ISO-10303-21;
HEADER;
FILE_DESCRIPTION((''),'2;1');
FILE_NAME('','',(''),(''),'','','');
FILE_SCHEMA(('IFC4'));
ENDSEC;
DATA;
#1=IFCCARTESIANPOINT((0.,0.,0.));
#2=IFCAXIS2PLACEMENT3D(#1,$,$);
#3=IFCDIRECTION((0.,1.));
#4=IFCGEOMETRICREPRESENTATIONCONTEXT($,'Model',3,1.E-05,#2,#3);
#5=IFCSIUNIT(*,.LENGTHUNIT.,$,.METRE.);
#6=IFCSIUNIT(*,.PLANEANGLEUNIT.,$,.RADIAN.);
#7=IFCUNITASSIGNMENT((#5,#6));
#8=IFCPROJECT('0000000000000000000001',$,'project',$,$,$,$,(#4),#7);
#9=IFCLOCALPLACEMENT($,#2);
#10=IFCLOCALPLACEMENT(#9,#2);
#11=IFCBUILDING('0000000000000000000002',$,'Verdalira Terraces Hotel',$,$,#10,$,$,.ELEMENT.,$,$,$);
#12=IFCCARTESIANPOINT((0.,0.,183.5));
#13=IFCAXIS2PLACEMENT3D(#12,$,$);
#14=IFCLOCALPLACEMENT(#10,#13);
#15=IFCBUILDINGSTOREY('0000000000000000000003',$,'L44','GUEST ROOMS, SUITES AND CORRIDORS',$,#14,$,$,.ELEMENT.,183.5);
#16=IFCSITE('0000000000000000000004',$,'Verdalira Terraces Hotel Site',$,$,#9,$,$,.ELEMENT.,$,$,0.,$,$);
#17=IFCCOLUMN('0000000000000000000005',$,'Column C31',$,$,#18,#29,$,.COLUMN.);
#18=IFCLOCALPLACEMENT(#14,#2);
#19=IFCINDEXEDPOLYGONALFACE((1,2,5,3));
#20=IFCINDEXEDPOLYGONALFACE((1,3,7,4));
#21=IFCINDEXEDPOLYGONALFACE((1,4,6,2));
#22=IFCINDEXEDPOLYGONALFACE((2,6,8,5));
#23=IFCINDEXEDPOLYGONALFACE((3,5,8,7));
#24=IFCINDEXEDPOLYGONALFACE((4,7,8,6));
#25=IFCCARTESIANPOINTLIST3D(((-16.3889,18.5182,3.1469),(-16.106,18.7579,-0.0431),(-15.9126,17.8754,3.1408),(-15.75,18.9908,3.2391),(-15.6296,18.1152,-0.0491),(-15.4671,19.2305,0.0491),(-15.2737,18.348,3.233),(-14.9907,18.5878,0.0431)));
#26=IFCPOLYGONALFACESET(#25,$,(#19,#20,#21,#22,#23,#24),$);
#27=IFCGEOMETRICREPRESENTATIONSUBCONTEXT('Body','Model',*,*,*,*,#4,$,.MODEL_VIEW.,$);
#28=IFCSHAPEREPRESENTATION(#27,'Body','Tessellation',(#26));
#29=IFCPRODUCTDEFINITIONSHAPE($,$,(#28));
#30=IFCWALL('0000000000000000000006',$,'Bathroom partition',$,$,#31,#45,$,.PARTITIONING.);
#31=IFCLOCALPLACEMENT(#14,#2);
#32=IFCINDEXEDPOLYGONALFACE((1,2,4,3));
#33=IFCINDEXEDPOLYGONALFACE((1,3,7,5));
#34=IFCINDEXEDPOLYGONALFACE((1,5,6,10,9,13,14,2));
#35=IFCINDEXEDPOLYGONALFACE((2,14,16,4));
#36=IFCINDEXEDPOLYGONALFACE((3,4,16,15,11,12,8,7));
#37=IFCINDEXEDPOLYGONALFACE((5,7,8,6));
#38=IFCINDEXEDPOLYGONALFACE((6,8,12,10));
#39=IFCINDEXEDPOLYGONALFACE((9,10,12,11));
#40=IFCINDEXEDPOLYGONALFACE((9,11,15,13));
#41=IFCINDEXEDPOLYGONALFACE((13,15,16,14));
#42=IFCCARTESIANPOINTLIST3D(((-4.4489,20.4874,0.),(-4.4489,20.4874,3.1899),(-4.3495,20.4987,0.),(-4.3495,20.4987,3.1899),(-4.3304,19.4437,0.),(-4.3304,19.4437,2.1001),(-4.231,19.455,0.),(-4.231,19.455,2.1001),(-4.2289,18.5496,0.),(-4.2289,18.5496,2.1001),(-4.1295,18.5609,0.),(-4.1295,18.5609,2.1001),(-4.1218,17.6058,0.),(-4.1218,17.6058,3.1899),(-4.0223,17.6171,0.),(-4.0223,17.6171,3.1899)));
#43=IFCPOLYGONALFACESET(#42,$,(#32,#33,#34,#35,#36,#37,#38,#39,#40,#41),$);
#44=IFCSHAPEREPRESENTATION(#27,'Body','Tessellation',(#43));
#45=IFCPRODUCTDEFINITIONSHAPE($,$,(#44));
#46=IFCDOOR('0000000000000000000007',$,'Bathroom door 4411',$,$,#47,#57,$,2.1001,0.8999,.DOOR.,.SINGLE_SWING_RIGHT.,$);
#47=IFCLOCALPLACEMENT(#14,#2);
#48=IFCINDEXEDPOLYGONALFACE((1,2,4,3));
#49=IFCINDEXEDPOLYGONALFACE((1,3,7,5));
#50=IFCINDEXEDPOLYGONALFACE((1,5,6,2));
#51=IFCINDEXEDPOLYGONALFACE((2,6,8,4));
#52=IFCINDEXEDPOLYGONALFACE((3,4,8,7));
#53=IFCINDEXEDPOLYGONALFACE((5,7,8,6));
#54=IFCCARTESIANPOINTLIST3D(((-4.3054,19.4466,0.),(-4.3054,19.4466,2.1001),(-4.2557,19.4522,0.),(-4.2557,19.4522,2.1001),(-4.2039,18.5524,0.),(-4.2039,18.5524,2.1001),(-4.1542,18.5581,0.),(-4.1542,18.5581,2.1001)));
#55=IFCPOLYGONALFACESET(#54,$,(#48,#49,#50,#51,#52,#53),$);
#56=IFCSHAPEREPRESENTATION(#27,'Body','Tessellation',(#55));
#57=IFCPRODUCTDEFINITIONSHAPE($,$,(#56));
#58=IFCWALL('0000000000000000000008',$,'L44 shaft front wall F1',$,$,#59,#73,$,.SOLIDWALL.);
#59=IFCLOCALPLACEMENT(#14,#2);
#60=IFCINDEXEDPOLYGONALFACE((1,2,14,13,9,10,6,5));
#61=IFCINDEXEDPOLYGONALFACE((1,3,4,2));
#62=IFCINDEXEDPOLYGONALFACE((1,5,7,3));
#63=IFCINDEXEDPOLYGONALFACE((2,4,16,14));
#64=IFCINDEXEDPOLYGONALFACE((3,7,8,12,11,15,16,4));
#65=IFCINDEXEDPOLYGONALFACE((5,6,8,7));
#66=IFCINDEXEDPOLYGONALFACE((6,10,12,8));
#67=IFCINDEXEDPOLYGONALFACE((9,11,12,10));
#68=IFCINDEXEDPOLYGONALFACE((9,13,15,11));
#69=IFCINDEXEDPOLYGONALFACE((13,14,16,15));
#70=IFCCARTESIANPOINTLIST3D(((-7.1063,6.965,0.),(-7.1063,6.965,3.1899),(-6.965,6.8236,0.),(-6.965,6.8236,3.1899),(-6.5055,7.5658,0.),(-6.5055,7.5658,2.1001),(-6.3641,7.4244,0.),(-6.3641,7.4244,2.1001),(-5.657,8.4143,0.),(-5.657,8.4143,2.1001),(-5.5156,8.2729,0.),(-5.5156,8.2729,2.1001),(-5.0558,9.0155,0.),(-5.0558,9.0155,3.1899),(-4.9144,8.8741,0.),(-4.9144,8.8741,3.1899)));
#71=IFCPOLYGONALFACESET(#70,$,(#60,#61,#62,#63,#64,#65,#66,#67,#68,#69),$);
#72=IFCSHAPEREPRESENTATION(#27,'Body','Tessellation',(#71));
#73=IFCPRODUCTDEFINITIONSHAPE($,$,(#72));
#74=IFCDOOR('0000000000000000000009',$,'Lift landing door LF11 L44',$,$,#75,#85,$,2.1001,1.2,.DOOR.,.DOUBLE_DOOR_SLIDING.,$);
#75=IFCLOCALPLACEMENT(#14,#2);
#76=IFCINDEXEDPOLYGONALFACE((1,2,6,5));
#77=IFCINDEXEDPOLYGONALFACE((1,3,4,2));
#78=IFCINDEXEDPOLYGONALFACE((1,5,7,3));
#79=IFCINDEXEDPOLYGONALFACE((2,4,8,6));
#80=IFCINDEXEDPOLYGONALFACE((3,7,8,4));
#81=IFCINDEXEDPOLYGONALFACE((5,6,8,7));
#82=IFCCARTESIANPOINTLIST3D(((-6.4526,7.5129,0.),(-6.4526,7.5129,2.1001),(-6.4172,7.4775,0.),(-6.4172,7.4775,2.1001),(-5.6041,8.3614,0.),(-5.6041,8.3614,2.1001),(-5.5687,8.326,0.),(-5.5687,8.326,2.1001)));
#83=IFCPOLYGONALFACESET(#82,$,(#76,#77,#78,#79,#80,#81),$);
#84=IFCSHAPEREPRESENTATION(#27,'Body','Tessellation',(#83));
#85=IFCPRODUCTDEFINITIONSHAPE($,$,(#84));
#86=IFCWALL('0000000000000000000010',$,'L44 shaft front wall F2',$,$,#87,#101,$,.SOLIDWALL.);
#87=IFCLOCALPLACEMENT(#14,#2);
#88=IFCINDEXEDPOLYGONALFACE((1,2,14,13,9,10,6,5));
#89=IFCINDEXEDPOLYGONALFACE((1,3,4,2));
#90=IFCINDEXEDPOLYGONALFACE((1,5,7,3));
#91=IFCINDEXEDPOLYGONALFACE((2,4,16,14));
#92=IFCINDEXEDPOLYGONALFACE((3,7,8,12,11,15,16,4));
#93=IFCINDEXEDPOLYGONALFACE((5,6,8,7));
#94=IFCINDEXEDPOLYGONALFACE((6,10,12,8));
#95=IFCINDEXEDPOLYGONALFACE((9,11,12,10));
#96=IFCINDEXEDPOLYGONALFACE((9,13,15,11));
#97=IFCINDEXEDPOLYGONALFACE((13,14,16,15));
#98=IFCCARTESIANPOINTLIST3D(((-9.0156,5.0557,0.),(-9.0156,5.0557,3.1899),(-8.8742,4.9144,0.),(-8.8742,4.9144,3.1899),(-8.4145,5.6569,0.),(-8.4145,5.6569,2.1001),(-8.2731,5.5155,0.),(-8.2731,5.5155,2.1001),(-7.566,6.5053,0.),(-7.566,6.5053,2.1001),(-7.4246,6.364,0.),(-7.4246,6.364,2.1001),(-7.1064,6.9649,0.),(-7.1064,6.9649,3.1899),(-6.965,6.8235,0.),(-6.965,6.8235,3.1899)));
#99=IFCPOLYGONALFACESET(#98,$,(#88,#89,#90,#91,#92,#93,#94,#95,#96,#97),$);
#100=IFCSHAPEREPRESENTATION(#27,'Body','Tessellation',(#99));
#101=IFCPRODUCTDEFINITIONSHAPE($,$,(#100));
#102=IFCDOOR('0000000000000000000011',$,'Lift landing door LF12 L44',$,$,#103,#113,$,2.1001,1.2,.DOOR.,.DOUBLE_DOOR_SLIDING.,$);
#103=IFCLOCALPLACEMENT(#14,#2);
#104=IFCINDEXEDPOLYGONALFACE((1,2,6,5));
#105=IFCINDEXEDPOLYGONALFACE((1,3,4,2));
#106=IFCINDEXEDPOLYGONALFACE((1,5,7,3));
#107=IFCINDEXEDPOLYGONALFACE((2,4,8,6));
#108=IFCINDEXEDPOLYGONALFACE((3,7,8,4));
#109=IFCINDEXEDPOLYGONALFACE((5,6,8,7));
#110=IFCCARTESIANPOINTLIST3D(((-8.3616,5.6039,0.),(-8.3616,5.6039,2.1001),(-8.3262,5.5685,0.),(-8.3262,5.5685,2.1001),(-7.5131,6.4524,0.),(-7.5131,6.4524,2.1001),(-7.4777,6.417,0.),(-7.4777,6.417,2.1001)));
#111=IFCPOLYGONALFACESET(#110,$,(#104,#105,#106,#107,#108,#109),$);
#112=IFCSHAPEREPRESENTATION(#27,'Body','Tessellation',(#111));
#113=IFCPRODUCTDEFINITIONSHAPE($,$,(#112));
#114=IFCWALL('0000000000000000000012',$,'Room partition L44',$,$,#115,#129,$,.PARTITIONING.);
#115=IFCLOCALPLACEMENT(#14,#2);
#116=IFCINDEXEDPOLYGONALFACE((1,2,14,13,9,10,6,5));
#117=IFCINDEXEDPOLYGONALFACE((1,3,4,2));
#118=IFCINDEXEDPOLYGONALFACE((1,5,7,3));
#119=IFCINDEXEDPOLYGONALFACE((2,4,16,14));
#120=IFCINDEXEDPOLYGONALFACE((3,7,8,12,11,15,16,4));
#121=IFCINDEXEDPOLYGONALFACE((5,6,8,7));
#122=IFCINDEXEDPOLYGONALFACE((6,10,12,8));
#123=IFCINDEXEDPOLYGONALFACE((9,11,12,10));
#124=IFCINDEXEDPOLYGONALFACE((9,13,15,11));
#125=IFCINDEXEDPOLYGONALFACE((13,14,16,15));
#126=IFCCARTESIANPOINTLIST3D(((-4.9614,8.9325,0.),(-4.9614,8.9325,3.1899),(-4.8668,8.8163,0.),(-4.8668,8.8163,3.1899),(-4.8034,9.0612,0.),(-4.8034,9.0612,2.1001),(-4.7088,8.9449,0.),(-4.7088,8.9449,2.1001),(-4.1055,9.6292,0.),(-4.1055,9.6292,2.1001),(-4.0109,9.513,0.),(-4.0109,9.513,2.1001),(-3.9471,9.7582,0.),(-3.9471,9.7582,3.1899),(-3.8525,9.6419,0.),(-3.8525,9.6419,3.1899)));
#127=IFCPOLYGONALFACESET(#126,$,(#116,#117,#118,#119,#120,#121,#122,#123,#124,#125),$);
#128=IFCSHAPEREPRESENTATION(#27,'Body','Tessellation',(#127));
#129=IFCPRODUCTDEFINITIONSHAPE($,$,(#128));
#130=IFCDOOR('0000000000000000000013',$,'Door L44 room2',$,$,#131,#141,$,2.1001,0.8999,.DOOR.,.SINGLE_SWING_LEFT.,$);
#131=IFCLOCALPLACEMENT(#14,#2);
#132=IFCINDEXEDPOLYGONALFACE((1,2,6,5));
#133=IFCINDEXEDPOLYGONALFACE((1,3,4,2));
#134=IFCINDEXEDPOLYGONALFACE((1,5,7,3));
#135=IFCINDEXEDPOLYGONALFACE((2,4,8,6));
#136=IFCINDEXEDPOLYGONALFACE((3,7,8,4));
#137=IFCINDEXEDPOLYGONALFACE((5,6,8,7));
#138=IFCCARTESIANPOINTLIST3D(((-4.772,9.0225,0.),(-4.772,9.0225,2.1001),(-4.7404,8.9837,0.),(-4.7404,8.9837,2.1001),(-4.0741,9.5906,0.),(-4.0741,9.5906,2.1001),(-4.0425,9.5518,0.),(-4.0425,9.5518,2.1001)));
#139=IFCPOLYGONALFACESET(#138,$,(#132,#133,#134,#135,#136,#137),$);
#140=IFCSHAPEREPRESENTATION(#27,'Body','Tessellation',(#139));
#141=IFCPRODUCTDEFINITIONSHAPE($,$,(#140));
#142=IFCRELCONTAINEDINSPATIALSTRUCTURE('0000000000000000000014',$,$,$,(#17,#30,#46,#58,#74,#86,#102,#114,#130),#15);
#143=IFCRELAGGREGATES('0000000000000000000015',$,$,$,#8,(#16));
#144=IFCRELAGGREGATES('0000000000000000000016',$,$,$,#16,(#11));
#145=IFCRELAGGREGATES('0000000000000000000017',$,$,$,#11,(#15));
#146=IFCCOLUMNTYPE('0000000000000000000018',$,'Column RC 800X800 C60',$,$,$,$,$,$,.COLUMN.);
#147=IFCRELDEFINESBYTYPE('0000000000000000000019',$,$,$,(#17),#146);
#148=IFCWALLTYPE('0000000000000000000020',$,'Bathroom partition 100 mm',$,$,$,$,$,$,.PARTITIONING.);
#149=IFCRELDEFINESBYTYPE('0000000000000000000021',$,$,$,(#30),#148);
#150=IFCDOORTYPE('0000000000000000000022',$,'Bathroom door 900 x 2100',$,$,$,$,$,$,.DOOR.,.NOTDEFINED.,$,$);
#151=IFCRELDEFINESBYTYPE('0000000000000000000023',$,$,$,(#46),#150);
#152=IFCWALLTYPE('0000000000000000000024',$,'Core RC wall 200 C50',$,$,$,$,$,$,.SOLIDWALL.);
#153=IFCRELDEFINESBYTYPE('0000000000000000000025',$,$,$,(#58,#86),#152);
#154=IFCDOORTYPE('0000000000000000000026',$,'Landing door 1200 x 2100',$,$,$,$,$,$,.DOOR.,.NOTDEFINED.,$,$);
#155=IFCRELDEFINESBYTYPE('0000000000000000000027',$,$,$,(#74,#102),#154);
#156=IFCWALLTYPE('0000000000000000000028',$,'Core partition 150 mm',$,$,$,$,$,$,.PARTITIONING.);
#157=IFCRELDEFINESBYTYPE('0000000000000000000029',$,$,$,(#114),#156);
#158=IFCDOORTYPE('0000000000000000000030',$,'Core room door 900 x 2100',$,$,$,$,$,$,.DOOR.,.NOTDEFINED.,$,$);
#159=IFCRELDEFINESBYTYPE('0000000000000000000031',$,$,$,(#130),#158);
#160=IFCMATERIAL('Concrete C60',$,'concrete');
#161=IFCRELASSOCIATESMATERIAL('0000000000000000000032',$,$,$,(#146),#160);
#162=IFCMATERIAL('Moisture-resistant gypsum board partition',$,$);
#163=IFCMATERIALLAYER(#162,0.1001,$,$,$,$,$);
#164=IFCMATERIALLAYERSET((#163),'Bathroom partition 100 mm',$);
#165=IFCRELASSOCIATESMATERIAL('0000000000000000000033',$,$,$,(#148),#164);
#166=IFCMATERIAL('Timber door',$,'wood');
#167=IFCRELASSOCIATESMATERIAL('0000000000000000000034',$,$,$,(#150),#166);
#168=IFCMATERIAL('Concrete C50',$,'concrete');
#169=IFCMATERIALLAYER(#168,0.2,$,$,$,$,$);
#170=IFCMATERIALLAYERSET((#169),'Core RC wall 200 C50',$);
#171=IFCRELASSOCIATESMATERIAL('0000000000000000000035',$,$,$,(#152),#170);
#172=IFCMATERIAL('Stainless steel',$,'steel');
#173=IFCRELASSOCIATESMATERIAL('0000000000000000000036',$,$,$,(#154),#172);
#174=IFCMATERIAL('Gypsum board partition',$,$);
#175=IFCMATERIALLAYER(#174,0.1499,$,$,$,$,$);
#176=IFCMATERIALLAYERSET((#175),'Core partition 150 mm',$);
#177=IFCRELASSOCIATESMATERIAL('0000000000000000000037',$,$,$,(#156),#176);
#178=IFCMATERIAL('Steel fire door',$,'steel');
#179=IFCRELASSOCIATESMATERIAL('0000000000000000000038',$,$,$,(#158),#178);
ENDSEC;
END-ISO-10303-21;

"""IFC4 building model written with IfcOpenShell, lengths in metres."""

from ifc_helpers import new_model, si_unit, direction, frame, frame_2d, origin, origin_2d, place, context, subcontext, project, spatial, rectangle, extrude, material, layer, layer_set, material_profile, profile_set, type_object, element, fill, save


model = new_model("IFC4")

# Units and contexts
model_context = context("Model", 3, precision=1e-05, world=origin(), true_north=direction((0.0, 1.0)))
body_context = subcontext(model_context, "Body", "Model", "MODEL_VIEW")
ifc_project = project(units=[si_unit("LENGTHUNIT", "METRE"), si_unit("PLANEANGLEUNIT", "RADIAN")], contexts=[model_context])

# Site, building, storey
site_placement = place(None, origin())
site = spatial("IfcSite", under=ifc_project, at=site_placement, Name="Verdalira Terraces Hotel Site", CompositionType="ELEMENT", RefElevation=0.0)
building_placement = place(site_placement, origin())
building = spatial("IfcBuilding", under=site, at=building_placement, Name="Verdalira Terraces Hotel", CompositionType="ELEMENT")
storey_placement = place(building_placement, frame((0.0, 0.0, 183.5)))
storey = spatial("IfcBuildingStorey", under=building, at=storey_placement, Name="L44", Description="GUEST ROOMS, SUITES AND CORRIDORS", CompositionType="ELEMENT", Elevation=183.5)

# Column
ifc_material_1 = material(Name="Concrete C60", Category="concrete")
ifc_material_profile = material_profile(ifc_material_1, rectangle(XDim=0.8, YDim=0.8, at=origin_2d()), Name="RC 800X800")
ifc_profile_set = profile_set([ifc_material_profile], Name="Concrete C60")
column_type = type_object("IfcColumnType", Name="Column RC 800X800 C60", PredefinedType="COLUMN", material=ifc_profile_set)
column_placement = place(storey_placement, frame((-15.5483, 18.6729, 0.0), z_axis=(-0.08811, -0.074654, 0.993309), x_axis=(-0.595386, 0.803404, 0.007569)))
element("IfcColumn", 1, at=column_placement, inside=storey, type_object=column_type, Name="Column C31", PredefinedType="COLUMN", context=body_context, shape_type="SweptSolid", body=[
    extrude(rectangle(XDim=0.8, YDim=0.8, at=origin_2d()), origin(), (0.0, 0.0, 1.0), 3.2114),
])

# Walls, openings, doors
ifc_material_2 = material(Name="Moisture-resistant gypsum board partition")
ifc_layer_1 = layer(ifc_material_2, 0.1001)
ifc_layer_set_1 = layer_set([ifc_layer_1], Name="Bathroom partition 100 mm")
wall_type_1 = type_object("IfcWallType", Name="Bathroom partition 100 mm", PredefinedType="PARTITIONING", material=ifc_layer_set_1)
wall_1_placement = place(storey_placement, frame((-4.072, 17.6113, 0.0), z_axis=(0.0, 0.0, 1.0), x_axis=(-0.112806, 0.993617, 0.0)))
wall_1 = element("IfcWall", 2, at=wall_1_placement, inside=storey, type_object=wall_type_1, Name="Bathroom partition", PredefinedType="PARTITIONING", context=body_context, shape_type="SweptSolid", body=[
    extrude(rectangle(XDim=2.9001, YDim=0.1001, at=frame_2d((1.4502, 0.0))), origin(), (0.0, 0.0, 1.0), 3.1899),
])
opening_1_placement = place(wall_1_placement, frame((0.95, 0.0, 0.0)))
opening_1 = element("IfcOpeningElement", 3, at=opening_1_placement, cuts=wall_1, PredefinedType="OPENING", context=body_context, shape_type="SweptSolid", body=[
    extrude(rectangle(XDim=0.8999, YDim=2.1001, at=frame_2d((0.45, 1.05))), frame((0.0, 0.0601, 0.0), z_axis=(0.0, -1.0, 0.0), x_axis=(1.0, 0.0, 0.0)), (0.0, 0.0, 1.0), 0.1201),
])
ifc_material_3 = material(Name="Timber door", Category="wood")
door_type_1 = type_object("IfcDoorType", Name="Bathroom door 900 x 2100", OperationType="NOTDEFINED", PredefinedType="DOOR", material=ifc_material_3)
door_1_placement = place(opening_1_placement, origin())
door_1 = element("IfcDoor", 4, at=door_1_placement, inside=storey, type_object=door_type_1, Name="Bathroom door 4411", OperationType="SINGLE_SWING_RIGHT", OverallHeight=2.1001, OverallWidth=0.8999, PredefinedType="DOOR", context=body_context, shape_type="SweptSolid", body=[
    extrude(rectangle(XDim=0.8999, YDim=2.1001, at=frame_2d((0.45, 1.05))), frame((0.0, 0.0249, 0.0), z_axis=(0.0, -1.0, 0.0), x_axis=(1.0, 0.0, 0.0)), (0.0, 0.0, 1.0), 0.05),
])
fill(opening_1, door_1)
ifc_material_4 = material(Name="Concrete C50", Category="concrete")
ifc_layer_2 = layer(ifc_material_4, 0.2)
ifc_layer_set_2 = layer_set([ifc_layer_2], Name="Core RC wall 200 C50")
wall_type_2 = type_object("IfcWallType", Name="Core RC wall 200 C50", PredefinedType="SOLIDWALL", material=ifc_layer_set_2)
wall_2_placement = place(storey_placement, frame((-4.9851, 8.9448, 0.0), z_axis=(0.0, 0.0, 1.0), x_axis=(-0.707107, -0.707107, 0.0)))
wall_2 = element("IfcWall", 5, at=wall_2_placement, inside=storey, type_object=wall_type_2, Name="L44 shaft front wall F1", PredefinedType="SOLIDWALL", context=body_context, shape_type="SweptSolid", body=[
    extrude(rectangle(XDim=2.8999, YDim=0.2, at=frame_2d((1.45, 0.0))), origin(), (0.0, 0.0, 1.0), 3.1899),
])
opening_2_placement = place(wall_2_placement, frame((0.8501, 0.0, 0.0)))
opening_2 = element("IfcOpeningElement", 6, at=opening_2_placement, cuts=wall_2, PredefinedType="OPENING", context=body_context, shape_type="SweptSolid", body=[
    extrude(rectangle(XDim=1.2, YDim=2.1001, at=frame_2d((0.6001, 1.05))), frame((0.0, 0.1099, 0.0), z_axis=(0.0, -1.0, 0.0), x_axis=(1.0, 0.0, 0.0)), (0.0, 0.0, 1.0), 0.22),
])
ifc_material_5 = material(Name="Stainless steel", Category="steel")
door_type_2 = type_object("IfcDoorType", Name="Landing door 1200 x 2100", OperationType="NOTDEFINED", PredefinedType="DOOR", material=ifc_material_5)
door_2_placement = place(opening_2_placement, origin())
door_2 = element("IfcDoor", 7, at=door_2_placement, inside=storey, type_object=door_type_2, Name="Lift landing door LF11 L44", OperationType="DOUBLE_DOOR_SLIDING", OverallHeight=2.1001, OverallWidth=1.2, PredefinedType="DOOR", context=body_context, shape_type="SweptSolid", body=[
    extrude(rectangle(XDim=1.2, YDim=2.1001, at=frame_2d((0.6001, 1.05))), frame((0.0, 0.0249, 0.0), z_axis=(0.0, -1.0, 0.0), x_axis=(1.0, 0.0, 0.0)), (0.0, 0.0, 1.0), 0.05),
])
fill(opening_2, door_2)
wall_3_placement = place(storey_placement, frame((-7.0356, 6.8943, 0.0), z_axis=(0.0, 0.0, 1.0), x_axis=(-0.707107, -0.707107, 0.0)))
wall_3 = element("IfcWall", 8, at=wall_3_placement, inside=storey, type_object=wall_type_2, Name="L44 shaft front wall F2", PredefinedType="SOLIDWALL", context=body_context, shape_type="SweptSolid", body=[
    extrude(rectangle(XDim=2.7, YDim=0.2, at=frame_2d((1.3501, 0.0))), origin(), (0.0, 0.0, 1.0), 3.1899),
])
opening_3_placement = place(wall_3_placement, frame((0.6499, 0.0, 0.0)))
opening_3 = element("IfcOpeningElement", 9, at=opening_3_placement, cuts=wall_3, PredefinedType="OPENING", context=body_context, shape_type="SweptSolid", body=[
    extrude(rectangle(XDim=1.2, YDim=2.1001, at=frame_2d((0.6001, 1.05))), frame((0.0, 0.1099, 0.0), z_axis=(0.0, -1.0, 0.0), x_axis=(1.0, 0.0, 0.0)), (0.0, 0.0, 1.0), 0.22),
])
door_3_placement = place(opening_3_placement, origin())
door_3 = element("IfcDoor", 10, at=door_3_placement, inside=storey, type_object=door_type_2, Name="Lift landing door LF12 L44", OperationType="DOUBLE_DOOR_SLIDING", OverallHeight=2.1001, OverallWidth=1.2, PredefinedType="DOOR", context=body_context, shape_type="SweptSolid", body=[
    extrude(rectangle(XDim=1.2, YDim=2.1001, at=frame_2d((0.6001, 1.05))), frame((0.0, 0.0249, 0.0), z_axis=(0.0, -1.0, 0.0), x_axis=(1.0, 0.0, 0.0)), (0.0, 0.0, 1.0), 0.05),
])
fill(opening_3, door_3)
ifc_material_6 = material(Name="Gypsum board partition")
ifc_layer_3 = layer(ifc_material_6, 0.1499)
ifc_layer_set_3 = layer_set([ifc_layer_3], Name="Core partition 150 mm")
wall_type_3 = type_object("IfcWallType", Name="Core partition 150 mm", PredefinedType="PARTITIONING", material=ifc_layer_set_3)
wall_4_placement = place(storey_placement, frame((-3.8999, 9.7, 0.0), z_axis=(0.0, 0.0, 1.0), x_axis=(-0.77556, -0.631274, 0.0)))
wall_4 = element("IfcWall", 11, at=wall_4_placement, inside=storey, type_object=wall_type_3, Name="Room partition L44", PredefinedType="PARTITIONING", context=body_context, shape_type="SweptSolid", body=[
    extrude(rectangle(XDim=1.3079, YDim=0.1499, at=frame_2d((0.6538, 0.0))), origin(), (0.0, 0.0, 1.0), 3.1899),
])
opening_4_placement = place(wall_4_placement, frame((0.2041, 0.0, 0.0)))
opening_4 = element("IfcOpeningElement", 12, at=opening_4_placement, cuts=wall_4, PredefinedType="OPENING", context=body_context, shape_type="SweptSolid", body=[
    extrude(rectangle(XDim=0.8999, YDim=2.1001, at=frame_2d((0.45, 1.05))), frame((0.0, 0.085, 0.0), z_axis=(0.0, -1.0, 0.0), x_axis=(1.0, 0.0, 0.0)), (0.0, 0.0, 1.0), 0.1699),
])
ifc_material_7 = material(Name="Steel fire door", Category="steel")
door_type_3 = type_object("IfcDoorType", Name="Core room door 900 x 2100", OperationType="NOTDEFINED", PredefinedType="DOOR", material=ifc_material_7)
door_4_placement = place(opening_4_placement, origin())
door_4 = element("IfcDoor", 13, at=door_4_placement, inside=storey, type_object=door_type_3, Name="Door L44 room2", OperationType="SINGLE_SWING_LEFT", OverallHeight=2.1001, OverallWidth=0.8999, PredefinedType="DOOR", context=body_context, shape_type="SweptSolid", body=[
    extrude(rectangle(XDim=0.8999, YDim=2.1001, at=frame_2d((0.45, 1.05))), frame((0.0, 0.0249, 0.0), z_axis=(0.0, -1.0, 0.0), x_axis=(1.0, 0.0, 0.0)), (0.0, 0.0, 1.0), 0.05),
])
fill(opening_4, door_4)

save(model, "model.ifc")
